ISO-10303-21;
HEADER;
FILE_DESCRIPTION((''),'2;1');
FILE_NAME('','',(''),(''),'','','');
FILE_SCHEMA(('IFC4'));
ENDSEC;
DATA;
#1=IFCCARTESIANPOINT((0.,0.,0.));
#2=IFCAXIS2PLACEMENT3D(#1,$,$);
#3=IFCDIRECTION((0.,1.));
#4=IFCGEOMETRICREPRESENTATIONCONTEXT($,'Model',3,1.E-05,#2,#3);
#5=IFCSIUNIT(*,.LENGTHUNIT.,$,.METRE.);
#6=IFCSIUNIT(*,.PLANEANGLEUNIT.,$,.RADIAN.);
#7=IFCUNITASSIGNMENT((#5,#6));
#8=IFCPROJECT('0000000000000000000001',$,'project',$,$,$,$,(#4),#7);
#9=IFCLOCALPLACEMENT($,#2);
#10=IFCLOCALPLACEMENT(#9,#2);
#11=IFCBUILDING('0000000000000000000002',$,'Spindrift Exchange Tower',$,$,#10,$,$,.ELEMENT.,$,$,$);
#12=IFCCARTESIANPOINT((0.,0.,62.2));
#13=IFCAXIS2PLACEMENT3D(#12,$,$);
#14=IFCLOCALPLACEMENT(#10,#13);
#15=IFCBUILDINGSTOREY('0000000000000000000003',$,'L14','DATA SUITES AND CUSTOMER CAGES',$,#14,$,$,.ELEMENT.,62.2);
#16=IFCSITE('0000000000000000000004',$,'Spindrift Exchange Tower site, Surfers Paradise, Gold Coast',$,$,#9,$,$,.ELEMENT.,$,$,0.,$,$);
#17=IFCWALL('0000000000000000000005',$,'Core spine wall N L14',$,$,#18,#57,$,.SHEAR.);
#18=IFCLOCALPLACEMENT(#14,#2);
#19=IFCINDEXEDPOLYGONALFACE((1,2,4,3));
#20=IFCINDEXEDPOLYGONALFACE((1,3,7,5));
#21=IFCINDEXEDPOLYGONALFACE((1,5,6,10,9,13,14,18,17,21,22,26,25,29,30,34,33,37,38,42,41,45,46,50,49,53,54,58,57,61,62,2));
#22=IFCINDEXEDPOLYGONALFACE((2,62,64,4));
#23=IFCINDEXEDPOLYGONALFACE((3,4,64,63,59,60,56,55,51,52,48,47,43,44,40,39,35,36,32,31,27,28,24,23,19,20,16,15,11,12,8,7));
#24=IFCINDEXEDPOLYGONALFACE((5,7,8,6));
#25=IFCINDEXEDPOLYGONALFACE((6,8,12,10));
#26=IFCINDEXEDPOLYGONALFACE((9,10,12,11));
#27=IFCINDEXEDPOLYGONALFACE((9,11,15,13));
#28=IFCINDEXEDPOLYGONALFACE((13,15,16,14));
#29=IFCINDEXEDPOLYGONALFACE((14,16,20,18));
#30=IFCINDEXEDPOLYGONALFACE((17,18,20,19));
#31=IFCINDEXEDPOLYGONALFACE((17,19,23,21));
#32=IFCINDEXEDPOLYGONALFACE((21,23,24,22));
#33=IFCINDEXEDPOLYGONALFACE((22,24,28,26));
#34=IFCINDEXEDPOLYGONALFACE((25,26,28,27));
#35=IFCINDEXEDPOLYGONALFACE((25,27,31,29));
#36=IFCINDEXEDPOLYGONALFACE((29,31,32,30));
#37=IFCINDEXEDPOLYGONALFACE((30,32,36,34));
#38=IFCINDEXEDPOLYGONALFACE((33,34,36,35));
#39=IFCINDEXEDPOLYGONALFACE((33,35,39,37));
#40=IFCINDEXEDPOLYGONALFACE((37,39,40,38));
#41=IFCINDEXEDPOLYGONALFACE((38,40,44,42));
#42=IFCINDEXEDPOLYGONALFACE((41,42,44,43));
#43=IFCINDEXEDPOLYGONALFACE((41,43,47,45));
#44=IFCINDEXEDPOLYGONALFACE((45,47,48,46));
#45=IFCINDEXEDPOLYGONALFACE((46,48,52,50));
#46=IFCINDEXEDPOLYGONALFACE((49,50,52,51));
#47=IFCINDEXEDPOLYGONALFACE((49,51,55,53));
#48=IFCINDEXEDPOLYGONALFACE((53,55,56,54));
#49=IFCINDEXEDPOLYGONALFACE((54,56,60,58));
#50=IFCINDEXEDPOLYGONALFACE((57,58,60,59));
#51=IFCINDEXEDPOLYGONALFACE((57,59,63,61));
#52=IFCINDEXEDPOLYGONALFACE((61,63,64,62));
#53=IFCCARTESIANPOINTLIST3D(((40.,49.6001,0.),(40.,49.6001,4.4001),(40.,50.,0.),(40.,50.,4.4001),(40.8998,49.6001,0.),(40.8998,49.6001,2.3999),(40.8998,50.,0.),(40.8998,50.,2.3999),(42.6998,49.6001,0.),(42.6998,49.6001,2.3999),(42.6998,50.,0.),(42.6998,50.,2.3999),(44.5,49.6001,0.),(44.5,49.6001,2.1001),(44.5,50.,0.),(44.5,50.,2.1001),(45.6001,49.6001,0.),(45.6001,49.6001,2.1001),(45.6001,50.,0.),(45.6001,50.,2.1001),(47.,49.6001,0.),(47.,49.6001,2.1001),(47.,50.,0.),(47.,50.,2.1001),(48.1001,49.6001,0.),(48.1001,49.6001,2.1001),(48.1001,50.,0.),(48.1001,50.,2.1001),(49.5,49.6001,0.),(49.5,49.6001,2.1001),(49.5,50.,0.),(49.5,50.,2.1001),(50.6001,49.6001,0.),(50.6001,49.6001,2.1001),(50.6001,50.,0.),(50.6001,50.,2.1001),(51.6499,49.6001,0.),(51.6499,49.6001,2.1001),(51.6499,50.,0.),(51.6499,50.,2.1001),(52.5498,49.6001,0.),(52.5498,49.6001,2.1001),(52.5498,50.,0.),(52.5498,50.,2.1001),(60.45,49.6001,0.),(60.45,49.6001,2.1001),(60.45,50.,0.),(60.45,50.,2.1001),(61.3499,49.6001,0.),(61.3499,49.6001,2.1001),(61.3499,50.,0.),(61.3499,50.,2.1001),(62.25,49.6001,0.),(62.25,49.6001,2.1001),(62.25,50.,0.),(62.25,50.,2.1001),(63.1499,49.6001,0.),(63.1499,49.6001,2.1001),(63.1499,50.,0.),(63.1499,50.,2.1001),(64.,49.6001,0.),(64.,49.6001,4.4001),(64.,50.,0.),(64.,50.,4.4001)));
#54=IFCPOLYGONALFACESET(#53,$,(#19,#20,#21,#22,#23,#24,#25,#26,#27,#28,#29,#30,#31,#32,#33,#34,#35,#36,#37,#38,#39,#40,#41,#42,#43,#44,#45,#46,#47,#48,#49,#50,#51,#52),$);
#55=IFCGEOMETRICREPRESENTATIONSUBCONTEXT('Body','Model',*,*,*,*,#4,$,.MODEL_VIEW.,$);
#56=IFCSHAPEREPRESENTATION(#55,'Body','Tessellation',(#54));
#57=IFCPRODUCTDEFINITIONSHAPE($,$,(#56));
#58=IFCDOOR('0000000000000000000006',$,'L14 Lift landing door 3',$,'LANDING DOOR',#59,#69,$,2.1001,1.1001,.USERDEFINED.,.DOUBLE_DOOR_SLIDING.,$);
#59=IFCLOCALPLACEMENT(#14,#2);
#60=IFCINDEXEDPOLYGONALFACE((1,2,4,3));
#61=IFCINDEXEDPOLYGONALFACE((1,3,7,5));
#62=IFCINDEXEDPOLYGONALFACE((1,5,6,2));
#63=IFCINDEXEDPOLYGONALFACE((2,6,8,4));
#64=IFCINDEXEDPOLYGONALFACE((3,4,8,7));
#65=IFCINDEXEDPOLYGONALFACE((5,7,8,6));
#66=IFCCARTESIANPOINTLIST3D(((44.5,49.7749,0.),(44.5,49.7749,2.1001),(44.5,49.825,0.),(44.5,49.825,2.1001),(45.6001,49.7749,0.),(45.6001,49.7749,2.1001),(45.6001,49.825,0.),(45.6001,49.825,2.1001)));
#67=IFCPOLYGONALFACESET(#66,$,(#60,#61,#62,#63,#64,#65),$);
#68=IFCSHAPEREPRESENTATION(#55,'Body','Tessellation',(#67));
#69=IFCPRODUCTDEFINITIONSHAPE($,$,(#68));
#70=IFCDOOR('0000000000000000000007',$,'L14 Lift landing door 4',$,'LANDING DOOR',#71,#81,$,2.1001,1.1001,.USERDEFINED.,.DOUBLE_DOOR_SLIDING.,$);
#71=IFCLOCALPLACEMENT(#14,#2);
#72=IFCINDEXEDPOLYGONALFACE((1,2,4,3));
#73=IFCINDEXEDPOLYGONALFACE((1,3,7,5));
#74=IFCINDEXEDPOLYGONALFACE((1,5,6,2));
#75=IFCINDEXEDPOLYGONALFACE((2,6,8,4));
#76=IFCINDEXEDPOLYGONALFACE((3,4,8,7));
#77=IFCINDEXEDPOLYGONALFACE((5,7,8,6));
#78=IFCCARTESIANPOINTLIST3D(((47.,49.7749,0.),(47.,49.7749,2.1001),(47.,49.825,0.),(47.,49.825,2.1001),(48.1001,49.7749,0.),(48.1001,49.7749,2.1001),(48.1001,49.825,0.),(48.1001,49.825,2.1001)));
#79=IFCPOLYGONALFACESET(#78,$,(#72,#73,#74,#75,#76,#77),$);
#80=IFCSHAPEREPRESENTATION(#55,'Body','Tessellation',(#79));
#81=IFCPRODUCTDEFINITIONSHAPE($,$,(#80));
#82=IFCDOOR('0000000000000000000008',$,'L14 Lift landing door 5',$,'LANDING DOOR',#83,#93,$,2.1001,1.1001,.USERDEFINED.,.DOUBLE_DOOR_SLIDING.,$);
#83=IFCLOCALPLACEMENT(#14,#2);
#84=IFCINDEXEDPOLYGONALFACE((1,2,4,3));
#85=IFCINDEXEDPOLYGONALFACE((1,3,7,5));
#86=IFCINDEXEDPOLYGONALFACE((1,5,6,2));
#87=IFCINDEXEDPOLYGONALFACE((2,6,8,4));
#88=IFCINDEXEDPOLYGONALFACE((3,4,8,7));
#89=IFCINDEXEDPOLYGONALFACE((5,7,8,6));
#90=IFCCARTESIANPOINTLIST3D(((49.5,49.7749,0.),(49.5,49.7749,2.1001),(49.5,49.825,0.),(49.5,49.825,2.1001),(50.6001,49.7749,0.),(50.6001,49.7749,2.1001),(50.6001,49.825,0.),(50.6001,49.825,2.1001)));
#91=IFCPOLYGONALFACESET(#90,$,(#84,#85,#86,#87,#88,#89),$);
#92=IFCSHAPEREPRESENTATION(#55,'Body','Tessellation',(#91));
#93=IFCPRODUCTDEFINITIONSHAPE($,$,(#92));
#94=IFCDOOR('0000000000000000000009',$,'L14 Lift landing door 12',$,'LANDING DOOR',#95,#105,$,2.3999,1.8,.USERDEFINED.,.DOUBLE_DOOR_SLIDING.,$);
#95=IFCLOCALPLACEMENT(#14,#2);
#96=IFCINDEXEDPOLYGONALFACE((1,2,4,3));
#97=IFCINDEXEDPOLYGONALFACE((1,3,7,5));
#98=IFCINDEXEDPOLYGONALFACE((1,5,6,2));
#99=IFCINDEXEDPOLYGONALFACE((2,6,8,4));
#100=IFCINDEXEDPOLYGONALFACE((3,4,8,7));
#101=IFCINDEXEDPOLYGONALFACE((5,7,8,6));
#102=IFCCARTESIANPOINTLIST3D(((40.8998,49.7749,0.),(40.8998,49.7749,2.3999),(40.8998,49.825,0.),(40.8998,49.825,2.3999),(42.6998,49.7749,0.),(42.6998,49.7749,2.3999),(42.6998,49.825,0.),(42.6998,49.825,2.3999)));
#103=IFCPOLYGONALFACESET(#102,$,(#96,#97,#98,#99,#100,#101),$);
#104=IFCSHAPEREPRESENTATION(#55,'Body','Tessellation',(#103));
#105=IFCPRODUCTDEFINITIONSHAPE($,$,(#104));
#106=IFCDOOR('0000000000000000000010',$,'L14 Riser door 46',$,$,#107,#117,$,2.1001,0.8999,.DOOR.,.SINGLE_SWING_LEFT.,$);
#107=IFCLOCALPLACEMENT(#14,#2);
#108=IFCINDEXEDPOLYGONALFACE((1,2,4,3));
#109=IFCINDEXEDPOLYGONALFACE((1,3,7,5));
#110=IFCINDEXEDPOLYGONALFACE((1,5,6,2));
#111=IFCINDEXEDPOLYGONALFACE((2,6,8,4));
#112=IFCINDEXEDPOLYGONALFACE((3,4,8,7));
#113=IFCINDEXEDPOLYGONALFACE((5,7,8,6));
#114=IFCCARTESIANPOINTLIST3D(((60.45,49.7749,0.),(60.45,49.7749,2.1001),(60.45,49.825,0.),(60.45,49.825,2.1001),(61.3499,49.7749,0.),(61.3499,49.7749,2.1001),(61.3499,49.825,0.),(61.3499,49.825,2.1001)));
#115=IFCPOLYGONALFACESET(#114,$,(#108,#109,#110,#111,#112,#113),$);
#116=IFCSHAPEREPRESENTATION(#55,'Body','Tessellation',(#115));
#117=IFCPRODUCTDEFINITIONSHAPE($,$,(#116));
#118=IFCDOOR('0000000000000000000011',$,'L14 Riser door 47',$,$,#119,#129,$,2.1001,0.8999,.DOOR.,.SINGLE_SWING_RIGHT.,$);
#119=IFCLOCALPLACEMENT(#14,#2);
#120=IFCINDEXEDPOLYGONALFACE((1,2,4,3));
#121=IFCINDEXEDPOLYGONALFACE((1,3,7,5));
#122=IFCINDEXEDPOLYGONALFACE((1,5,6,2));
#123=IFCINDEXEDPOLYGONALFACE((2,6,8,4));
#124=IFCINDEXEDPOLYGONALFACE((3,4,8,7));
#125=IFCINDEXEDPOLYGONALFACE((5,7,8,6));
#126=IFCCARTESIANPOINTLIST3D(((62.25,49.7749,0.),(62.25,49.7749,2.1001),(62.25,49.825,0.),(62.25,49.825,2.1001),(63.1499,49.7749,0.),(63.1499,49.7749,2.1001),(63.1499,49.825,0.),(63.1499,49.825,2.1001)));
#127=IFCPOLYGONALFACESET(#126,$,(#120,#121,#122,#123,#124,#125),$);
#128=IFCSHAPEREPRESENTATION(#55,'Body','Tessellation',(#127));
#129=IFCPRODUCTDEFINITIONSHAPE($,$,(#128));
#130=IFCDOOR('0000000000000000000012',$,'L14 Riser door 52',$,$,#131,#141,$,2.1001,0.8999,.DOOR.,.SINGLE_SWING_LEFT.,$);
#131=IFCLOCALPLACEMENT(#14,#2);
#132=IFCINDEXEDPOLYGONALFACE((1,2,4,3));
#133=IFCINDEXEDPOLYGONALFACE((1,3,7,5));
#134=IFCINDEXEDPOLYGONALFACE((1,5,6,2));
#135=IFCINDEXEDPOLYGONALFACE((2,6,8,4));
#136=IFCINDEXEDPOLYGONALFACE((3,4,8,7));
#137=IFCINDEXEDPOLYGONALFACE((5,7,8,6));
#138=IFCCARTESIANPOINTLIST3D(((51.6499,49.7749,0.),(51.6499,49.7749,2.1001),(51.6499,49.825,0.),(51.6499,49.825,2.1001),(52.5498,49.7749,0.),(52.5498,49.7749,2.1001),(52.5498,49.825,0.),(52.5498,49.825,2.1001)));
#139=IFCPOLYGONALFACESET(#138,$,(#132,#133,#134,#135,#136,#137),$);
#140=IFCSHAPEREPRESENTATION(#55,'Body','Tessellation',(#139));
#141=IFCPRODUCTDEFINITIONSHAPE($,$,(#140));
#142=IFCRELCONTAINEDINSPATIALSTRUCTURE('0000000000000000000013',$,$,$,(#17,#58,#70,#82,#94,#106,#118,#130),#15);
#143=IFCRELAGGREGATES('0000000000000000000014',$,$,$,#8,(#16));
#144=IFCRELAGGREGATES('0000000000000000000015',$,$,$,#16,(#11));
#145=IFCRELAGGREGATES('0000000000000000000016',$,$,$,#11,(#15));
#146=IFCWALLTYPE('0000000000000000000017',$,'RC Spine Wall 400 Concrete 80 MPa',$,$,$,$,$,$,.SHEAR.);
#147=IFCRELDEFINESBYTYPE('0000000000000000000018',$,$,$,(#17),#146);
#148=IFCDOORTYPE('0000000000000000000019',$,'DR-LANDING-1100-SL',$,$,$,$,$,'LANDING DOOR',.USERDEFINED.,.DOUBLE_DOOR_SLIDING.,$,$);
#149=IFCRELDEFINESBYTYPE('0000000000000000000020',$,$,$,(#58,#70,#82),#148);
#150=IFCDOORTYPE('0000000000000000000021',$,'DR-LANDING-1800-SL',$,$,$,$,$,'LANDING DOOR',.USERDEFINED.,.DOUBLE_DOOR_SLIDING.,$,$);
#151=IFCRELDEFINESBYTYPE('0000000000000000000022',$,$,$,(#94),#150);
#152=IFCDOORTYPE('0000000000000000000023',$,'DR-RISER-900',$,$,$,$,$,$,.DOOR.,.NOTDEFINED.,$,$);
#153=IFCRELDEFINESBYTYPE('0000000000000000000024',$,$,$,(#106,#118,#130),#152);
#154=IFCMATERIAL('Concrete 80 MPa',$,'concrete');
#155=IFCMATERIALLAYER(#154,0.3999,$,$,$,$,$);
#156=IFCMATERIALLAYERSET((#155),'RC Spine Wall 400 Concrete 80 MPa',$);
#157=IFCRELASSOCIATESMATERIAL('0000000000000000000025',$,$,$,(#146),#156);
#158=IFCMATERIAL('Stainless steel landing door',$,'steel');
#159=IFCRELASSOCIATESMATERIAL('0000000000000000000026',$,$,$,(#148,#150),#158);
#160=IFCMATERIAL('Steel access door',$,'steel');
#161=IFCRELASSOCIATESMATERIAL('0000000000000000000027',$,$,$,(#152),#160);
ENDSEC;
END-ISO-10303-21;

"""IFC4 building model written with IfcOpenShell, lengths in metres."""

from ifc_helpers import new_model, si_unit, direction, frame, frame_2d, origin, place, context, subcontext, project, spatial, rectangle, extrude, source, transform, mapped, material, layer, layer_set, type_object, element, fill, save


model = new_model("IFC4")

# Units and contexts
model_context = context("Model", 3, precision=1e-05, world=origin(), true_north=direction((0.0, 1.0)))
body_context = subcontext(model_context, "Body", "Model", "MODEL_VIEW")
ifc_project = project(units=[si_unit("LENGTHUNIT", "METRE"), si_unit("PLANEANGLEUNIT", "RADIAN")], contexts=[model_context])

# Site, building, storey
site_placement = place(None, origin())
site = spatial("IfcSite", under=ifc_project, at=site_placement, Name="Spindrift Exchange Tower site, Surfers Paradise, Gold Coast", CompositionType="ELEMENT", RefElevation=0.0)
building_placement = place(site_placement, origin())
building = spatial("IfcBuilding", under=site, at=building_placement, Name="Spindrift Exchange Tower", CompositionType="ELEMENT")
storey_placement = place(building_placement, frame((0.0, 0.0, 62.2)))
storey = spatial("IfcBuildingStorey", under=building, at=storey_placement, Name="L14", Description="DATA SUITES AND CUSTOMER CAGES", CompositionType="ELEMENT", Elevation=62.2)

# Wall, openings, doors
ifc_material_1 = material(Name="Concrete 80 MPa", Category="concrete")
ifc_layer_1 = layer(ifc_material_1, 0.3999)
ifc_layer_set_1 = layer_set([ifc_layer_1], Name="RC Spine Wall 400 Concrete 80 MPa")
wall_type_1 = type_object("IfcWallType", Name="RC Spine Wall 400 Concrete 80 MPa", PredefinedType="SHEAR", material=ifc_layer_set_1)
wall_1_placement = place(storey_placement, frame((40.0, 49.8, 0.0), z_axis=(0.0, 0.0, 1.0), x_axis=(1.0, 0.0, 0.0)))
wall_1 = element("IfcWall", 1, at=wall_1_placement, inside=storey, type_object=wall_type_1, Name="Core spine wall N L14", PredefinedType="SHEAR", context=body_context, shape_type="SweptSolid", body=[
    extrude(rectangle(XDim=24.0, YDim=0.3999, at=frame_2d((12.0, 0.0))), origin(), (0.0, 0.0, 1.0), 4.4001),
])
opening_1_placement = place(wall_1_placement, frame((4.5, 0.0, 0.0)))
opening_1 = element("IfcOpeningElement", 2, at=opening_1_placement, cuts=wall_1, PredefinedType="OPENING", context=body_context, shape_type="SweptSolid", body=[
    extrude(rectangle(XDim=1.1001, YDim=2.1001, at=frame_2d((0.55, 1.05))), frame((0.0, 0.21, 0.0), z_axis=(0.0, -1.0, 0.0), x_axis=(1.0, 0.0, 0.0)), (0.0, 0.0, 1.0), 0.4199),
])
opening_2_placement = place(wall_1_placement, frame((7.0, 0.0, 0.0)))
opening_2 = element("IfcOpeningElement", 3, at=opening_2_placement, cuts=wall_1, PredefinedType="OPENING", context=body_context, shape_type="SweptSolid", body=[
    extrude(rectangle(XDim=1.1001, YDim=2.1001, at=frame_2d((0.55, 1.05))), frame((0.0, 0.21, 0.0), z_axis=(0.0, -1.0, 0.0), x_axis=(1.0, 0.0, 0.0)), (0.0, 0.0, 1.0), 0.4199),
])
opening_3_placement = place(wall_1_placement, frame((9.5, 0.0, 0.0)))
opening_3 = element("IfcOpeningElement", 4, at=opening_3_placement, cuts=wall_1, PredefinedType="OPENING", context=body_context, shape_type="SweptSolid", body=[
    extrude(rectangle(XDim=1.1001, YDim=2.1001, at=frame_2d((0.55, 1.05))), frame((0.0, 0.21, 0.0), z_axis=(0.0, -1.0, 0.0), x_axis=(1.0, 0.0, 0.0)), (0.0, 0.0, 1.0), 0.4199),
])
opening_4_placement = place(wall_1_placement, frame((0.8999, 0.0, 0.0)))
opening_4 = element("IfcOpeningElement", 5, at=opening_4_placement, cuts=wall_1, PredefinedType="OPENING", context=body_context, shape_type="SweptSolid", body=[
    extrude(rectangle(XDim=1.8, YDim=2.3999, at=frame_2d((0.8999, 1.2))), frame((0.0, 0.21, 0.0), z_axis=(0.0, -1.0, 0.0), x_axis=(1.0, 0.0, 0.0)), (0.0, 0.0, 1.0), 0.4199),
])
opening_5_placement = place(wall_1_placement, frame((20.45, 0.0, 0.0)))
opening_5 = element("IfcOpeningElement", 6, at=opening_5_placement, cuts=wall_1, PredefinedType="OPENING", context=body_context, shape_type="SweptSolid", body=[
    extrude(rectangle(XDim=0.8999, YDim=2.1001, at=frame_2d((0.45, 1.05))), frame((0.0, 0.21, 0.0), z_axis=(0.0, -1.0, 0.0), x_axis=(1.0, 0.0, 0.0)), (0.0, 0.0, 1.0), 0.4199),
])
opening_6_placement = place(wall_1_placement, frame((22.25, 0.0, 0.0)))
opening_6 = element("IfcOpeningElement", 7, at=opening_6_placement, cuts=wall_1, PredefinedType="OPENING", context=body_context, shape_type="SweptSolid", body=[
    extrude(rectangle(XDim=0.8999, YDim=2.1001, at=frame_2d((0.45, 1.05))), frame((0.0, 0.21, 0.0), z_axis=(0.0, -1.0, 0.0), x_axis=(1.0, 0.0, 0.0)), (0.0, 0.0, 1.0), 0.4199),
])
opening_7_placement = place(wall_1_placement, frame((11.6499, 0.0, 0.0)))
opening_7 = element("IfcOpeningElement", 8, at=opening_7_placement, cuts=wall_1, PredefinedType="OPENING", context=body_context, shape_type="SweptSolid", body=[
    extrude(rectangle(XDim=0.8999, YDim=2.1001, at=frame_2d((0.45, 1.05))), frame((0.0, 0.21, 0.0), z_axis=(0.0, -1.0, 0.0), x_axis=(1.0, 0.0, 0.0)), (0.0, 0.0, 1.0), 0.4199),
])
ifc_material_2 = material(Name="Stainless steel landing door", Category="steel")
door_type_1 = type_object("IfcDoorType", Name="DR-LANDING-1100-SL", ElementType="LANDING DOOR", OperationType="DOUBLE_DOOR_SLIDING", PredefinedType="USERDEFINED", material=ifc_material_2)
shared_shape_1 = source(origin(), body_context, "Body", "SweptSolid", [
    extrude(rectangle(XDim=1.1001, YDim=2.1001, at=frame_2d((0.55, 1.05))), frame((0.0, 0.0249, 0.0), z_axis=(0.0, -1.0, 0.0), x_axis=(1.0, 0.0, 0.0)), (0.0, 0.0, 1.0), 0.05),
])
door_1_placement = place(opening_1_placement, origin())
door_1 = element("IfcDoor", 9, at=door_1_placement, inside=storey, type_object=door_type_1, Name="L14 Lift landing door 3", ObjectType="LANDING DOOR", OperationType="DOUBLE_DOOR_SLIDING", OverallHeight=2.1001, OverallWidth=1.1001, PredefinedType="USERDEFINED", context=body_context, shape_type="MappedRepresentation", body=[
    mapped(shared_shape_1, transform((0.0, 0.0, 0.0), scale=1.0)),
])
fill(opening_1, door_1)
door_2_placement = place(opening_2_placement, origin())
door_2 = element("IfcDoor", 10, at=door_2_placement, inside=storey, type_object=door_type_1, Name="L14 Lift landing door 4", ObjectType="LANDING DOOR", OperationType="DOUBLE_DOOR_SLIDING", OverallHeight=2.1001, OverallWidth=1.1001, PredefinedType="USERDEFINED", context=body_context, shape_type="MappedRepresentation", body=[
    mapped(shared_shape_1, transform((0.0, 0.0, 0.0), scale=1.0)),
])
fill(opening_2, door_2)
door_3_placement = place(opening_3_placement, origin())
door_3 = element("IfcDoor", 11, at=door_3_placement, inside=storey, type_object=door_type_1, Name="L14 Lift landing door 5", ObjectType="LANDING DOOR", OperationType="DOUBLE_DOOR_SLIDING", OverallHeight=2.1001, OverallWidth=1.1001, PredefinedType="USERDEFINED", context=body_context, shape_type="MappedRepresentation", body=[
    mapped(shared_shape_1, transform((0.0, 0.0, 0.0), scale=1.0)),
])
fill(opening_3, door_3)
door_type_2 = type_object("IfcDoorType", Name="DR-LANDING-1800-SL", ElementType="LANDING DOOR", OperationType="DOUBLE_DOOR_SLIDING", PredefinedType="USERDEFINED", material=ifc_material_2)
shared_shape_2 = source(origin(), body_context, "Body", "SweptSolid", [
    extrude(rectangle(XDim=1.8, YDim=2.3999, at=frame_2d((0.8999, 1.2))), frame((0.0, 0.0249, 0.0), z_axis=(0.0, -1.0, 0.0), x_axis=(1.0, 0.0, 0.0)), (0.0, 0.0, 1.0), 0.05),
])
door_4_placement = place(opening_4_placement, origin())
door_4 = element("IfcDoor", 12, at=door_4_placement, inside=storey, type_object=door_type_2, Name="L14 Lift landing door 12", ObjectType="LANDING DOOR", OperationType="DOUBLE_DOOR_SLIDING", OverallHeight=2.3999, OverallWidth=1.8, PredefinedType="USERDEFINED", context=body_context, shape_type="MappedRepresentation", body=[
    mapped(shared_shape_2, transform((0.0, 0.0, 0.0), scale=1.0)),
])
fill(opening_4, door_4)
ifc_material_3 = material(Name="Steel access door", Category="steel")
door_type_3 = type_object("IfcDoorType", Name="DR-RISER-900", OperationType="NOTDEFINED", PredefinedType="DOOR", material=ifc_material_3)
shared_shape_3 = source(origin(), body_context, "Body", "SweptSolid", [
    extrude(rectangle(XDim=0.8999, YDim=2.1001, at=frame_2d((0.45, 1.05))), frame((0.0, 0.0249, 0.0), z_axis=(0.0, -1.0, 0.0), x_axis=(1.0, 0.0, 0.0)), (0.0, 0.0, 1.0), 0.05),
])
door_5_placement = place(opening_5_placement, origin())
door_5 = element("IfcDoor", 13, at=door_5_placement, inside=storey, type_object=door_type_3, Name="L14 Riser door 46", OperationType="SINGLE_SWING_LEFT", OverallHeight=2.1001, OverallWidth=0.8999, PredefinedType="DOOR", context=body_context, shape_type="MappedRepresentation", body=[
    mapped(shared_shape_3, transform((0.0, 0.0, 0.0), scale=1.0)),
])
fill(opening_5, door_5)
door_6_placement = place(opening_6_placement, origin())
door_6 = element("IfcDoor", 14, at=door_6_placement, inside=storey, type_object=door_type_3, Name="L14 Riser door 47", OperationType="SINGLE_SWING_RIGHT", OverallHeight=2.1001, OverallWidth=0.8999, PredefinedType="DOOR", context=body_context, shape_type="MappedRepresentation", body=[
    mapped(shared_shape_3, transform((0.0, 0.0, 0.0), scale=1.0)),
])
fill(opening_6, door_6)
door_7_placement = place(opening_7_placement, origin())
door_7 = element("IfcDoor", 15, at=door_7_placement, inside=storey, type_object=door_type_3, Name="L14 Riser door 52", OperationType="SINGLE_SWING_LEFT", OverallHeight=2.1001, OverallWidth=0.8999, PredefinedType="DOOR", context=body_context, shape_type="MappedRepresentation", body=[
    mapped(shared_shape_3, transform((0.0, 0.0, 0.0), scale=1.0)),
])
fill(opening_7, door_7)

save(model, "model.ifc")
